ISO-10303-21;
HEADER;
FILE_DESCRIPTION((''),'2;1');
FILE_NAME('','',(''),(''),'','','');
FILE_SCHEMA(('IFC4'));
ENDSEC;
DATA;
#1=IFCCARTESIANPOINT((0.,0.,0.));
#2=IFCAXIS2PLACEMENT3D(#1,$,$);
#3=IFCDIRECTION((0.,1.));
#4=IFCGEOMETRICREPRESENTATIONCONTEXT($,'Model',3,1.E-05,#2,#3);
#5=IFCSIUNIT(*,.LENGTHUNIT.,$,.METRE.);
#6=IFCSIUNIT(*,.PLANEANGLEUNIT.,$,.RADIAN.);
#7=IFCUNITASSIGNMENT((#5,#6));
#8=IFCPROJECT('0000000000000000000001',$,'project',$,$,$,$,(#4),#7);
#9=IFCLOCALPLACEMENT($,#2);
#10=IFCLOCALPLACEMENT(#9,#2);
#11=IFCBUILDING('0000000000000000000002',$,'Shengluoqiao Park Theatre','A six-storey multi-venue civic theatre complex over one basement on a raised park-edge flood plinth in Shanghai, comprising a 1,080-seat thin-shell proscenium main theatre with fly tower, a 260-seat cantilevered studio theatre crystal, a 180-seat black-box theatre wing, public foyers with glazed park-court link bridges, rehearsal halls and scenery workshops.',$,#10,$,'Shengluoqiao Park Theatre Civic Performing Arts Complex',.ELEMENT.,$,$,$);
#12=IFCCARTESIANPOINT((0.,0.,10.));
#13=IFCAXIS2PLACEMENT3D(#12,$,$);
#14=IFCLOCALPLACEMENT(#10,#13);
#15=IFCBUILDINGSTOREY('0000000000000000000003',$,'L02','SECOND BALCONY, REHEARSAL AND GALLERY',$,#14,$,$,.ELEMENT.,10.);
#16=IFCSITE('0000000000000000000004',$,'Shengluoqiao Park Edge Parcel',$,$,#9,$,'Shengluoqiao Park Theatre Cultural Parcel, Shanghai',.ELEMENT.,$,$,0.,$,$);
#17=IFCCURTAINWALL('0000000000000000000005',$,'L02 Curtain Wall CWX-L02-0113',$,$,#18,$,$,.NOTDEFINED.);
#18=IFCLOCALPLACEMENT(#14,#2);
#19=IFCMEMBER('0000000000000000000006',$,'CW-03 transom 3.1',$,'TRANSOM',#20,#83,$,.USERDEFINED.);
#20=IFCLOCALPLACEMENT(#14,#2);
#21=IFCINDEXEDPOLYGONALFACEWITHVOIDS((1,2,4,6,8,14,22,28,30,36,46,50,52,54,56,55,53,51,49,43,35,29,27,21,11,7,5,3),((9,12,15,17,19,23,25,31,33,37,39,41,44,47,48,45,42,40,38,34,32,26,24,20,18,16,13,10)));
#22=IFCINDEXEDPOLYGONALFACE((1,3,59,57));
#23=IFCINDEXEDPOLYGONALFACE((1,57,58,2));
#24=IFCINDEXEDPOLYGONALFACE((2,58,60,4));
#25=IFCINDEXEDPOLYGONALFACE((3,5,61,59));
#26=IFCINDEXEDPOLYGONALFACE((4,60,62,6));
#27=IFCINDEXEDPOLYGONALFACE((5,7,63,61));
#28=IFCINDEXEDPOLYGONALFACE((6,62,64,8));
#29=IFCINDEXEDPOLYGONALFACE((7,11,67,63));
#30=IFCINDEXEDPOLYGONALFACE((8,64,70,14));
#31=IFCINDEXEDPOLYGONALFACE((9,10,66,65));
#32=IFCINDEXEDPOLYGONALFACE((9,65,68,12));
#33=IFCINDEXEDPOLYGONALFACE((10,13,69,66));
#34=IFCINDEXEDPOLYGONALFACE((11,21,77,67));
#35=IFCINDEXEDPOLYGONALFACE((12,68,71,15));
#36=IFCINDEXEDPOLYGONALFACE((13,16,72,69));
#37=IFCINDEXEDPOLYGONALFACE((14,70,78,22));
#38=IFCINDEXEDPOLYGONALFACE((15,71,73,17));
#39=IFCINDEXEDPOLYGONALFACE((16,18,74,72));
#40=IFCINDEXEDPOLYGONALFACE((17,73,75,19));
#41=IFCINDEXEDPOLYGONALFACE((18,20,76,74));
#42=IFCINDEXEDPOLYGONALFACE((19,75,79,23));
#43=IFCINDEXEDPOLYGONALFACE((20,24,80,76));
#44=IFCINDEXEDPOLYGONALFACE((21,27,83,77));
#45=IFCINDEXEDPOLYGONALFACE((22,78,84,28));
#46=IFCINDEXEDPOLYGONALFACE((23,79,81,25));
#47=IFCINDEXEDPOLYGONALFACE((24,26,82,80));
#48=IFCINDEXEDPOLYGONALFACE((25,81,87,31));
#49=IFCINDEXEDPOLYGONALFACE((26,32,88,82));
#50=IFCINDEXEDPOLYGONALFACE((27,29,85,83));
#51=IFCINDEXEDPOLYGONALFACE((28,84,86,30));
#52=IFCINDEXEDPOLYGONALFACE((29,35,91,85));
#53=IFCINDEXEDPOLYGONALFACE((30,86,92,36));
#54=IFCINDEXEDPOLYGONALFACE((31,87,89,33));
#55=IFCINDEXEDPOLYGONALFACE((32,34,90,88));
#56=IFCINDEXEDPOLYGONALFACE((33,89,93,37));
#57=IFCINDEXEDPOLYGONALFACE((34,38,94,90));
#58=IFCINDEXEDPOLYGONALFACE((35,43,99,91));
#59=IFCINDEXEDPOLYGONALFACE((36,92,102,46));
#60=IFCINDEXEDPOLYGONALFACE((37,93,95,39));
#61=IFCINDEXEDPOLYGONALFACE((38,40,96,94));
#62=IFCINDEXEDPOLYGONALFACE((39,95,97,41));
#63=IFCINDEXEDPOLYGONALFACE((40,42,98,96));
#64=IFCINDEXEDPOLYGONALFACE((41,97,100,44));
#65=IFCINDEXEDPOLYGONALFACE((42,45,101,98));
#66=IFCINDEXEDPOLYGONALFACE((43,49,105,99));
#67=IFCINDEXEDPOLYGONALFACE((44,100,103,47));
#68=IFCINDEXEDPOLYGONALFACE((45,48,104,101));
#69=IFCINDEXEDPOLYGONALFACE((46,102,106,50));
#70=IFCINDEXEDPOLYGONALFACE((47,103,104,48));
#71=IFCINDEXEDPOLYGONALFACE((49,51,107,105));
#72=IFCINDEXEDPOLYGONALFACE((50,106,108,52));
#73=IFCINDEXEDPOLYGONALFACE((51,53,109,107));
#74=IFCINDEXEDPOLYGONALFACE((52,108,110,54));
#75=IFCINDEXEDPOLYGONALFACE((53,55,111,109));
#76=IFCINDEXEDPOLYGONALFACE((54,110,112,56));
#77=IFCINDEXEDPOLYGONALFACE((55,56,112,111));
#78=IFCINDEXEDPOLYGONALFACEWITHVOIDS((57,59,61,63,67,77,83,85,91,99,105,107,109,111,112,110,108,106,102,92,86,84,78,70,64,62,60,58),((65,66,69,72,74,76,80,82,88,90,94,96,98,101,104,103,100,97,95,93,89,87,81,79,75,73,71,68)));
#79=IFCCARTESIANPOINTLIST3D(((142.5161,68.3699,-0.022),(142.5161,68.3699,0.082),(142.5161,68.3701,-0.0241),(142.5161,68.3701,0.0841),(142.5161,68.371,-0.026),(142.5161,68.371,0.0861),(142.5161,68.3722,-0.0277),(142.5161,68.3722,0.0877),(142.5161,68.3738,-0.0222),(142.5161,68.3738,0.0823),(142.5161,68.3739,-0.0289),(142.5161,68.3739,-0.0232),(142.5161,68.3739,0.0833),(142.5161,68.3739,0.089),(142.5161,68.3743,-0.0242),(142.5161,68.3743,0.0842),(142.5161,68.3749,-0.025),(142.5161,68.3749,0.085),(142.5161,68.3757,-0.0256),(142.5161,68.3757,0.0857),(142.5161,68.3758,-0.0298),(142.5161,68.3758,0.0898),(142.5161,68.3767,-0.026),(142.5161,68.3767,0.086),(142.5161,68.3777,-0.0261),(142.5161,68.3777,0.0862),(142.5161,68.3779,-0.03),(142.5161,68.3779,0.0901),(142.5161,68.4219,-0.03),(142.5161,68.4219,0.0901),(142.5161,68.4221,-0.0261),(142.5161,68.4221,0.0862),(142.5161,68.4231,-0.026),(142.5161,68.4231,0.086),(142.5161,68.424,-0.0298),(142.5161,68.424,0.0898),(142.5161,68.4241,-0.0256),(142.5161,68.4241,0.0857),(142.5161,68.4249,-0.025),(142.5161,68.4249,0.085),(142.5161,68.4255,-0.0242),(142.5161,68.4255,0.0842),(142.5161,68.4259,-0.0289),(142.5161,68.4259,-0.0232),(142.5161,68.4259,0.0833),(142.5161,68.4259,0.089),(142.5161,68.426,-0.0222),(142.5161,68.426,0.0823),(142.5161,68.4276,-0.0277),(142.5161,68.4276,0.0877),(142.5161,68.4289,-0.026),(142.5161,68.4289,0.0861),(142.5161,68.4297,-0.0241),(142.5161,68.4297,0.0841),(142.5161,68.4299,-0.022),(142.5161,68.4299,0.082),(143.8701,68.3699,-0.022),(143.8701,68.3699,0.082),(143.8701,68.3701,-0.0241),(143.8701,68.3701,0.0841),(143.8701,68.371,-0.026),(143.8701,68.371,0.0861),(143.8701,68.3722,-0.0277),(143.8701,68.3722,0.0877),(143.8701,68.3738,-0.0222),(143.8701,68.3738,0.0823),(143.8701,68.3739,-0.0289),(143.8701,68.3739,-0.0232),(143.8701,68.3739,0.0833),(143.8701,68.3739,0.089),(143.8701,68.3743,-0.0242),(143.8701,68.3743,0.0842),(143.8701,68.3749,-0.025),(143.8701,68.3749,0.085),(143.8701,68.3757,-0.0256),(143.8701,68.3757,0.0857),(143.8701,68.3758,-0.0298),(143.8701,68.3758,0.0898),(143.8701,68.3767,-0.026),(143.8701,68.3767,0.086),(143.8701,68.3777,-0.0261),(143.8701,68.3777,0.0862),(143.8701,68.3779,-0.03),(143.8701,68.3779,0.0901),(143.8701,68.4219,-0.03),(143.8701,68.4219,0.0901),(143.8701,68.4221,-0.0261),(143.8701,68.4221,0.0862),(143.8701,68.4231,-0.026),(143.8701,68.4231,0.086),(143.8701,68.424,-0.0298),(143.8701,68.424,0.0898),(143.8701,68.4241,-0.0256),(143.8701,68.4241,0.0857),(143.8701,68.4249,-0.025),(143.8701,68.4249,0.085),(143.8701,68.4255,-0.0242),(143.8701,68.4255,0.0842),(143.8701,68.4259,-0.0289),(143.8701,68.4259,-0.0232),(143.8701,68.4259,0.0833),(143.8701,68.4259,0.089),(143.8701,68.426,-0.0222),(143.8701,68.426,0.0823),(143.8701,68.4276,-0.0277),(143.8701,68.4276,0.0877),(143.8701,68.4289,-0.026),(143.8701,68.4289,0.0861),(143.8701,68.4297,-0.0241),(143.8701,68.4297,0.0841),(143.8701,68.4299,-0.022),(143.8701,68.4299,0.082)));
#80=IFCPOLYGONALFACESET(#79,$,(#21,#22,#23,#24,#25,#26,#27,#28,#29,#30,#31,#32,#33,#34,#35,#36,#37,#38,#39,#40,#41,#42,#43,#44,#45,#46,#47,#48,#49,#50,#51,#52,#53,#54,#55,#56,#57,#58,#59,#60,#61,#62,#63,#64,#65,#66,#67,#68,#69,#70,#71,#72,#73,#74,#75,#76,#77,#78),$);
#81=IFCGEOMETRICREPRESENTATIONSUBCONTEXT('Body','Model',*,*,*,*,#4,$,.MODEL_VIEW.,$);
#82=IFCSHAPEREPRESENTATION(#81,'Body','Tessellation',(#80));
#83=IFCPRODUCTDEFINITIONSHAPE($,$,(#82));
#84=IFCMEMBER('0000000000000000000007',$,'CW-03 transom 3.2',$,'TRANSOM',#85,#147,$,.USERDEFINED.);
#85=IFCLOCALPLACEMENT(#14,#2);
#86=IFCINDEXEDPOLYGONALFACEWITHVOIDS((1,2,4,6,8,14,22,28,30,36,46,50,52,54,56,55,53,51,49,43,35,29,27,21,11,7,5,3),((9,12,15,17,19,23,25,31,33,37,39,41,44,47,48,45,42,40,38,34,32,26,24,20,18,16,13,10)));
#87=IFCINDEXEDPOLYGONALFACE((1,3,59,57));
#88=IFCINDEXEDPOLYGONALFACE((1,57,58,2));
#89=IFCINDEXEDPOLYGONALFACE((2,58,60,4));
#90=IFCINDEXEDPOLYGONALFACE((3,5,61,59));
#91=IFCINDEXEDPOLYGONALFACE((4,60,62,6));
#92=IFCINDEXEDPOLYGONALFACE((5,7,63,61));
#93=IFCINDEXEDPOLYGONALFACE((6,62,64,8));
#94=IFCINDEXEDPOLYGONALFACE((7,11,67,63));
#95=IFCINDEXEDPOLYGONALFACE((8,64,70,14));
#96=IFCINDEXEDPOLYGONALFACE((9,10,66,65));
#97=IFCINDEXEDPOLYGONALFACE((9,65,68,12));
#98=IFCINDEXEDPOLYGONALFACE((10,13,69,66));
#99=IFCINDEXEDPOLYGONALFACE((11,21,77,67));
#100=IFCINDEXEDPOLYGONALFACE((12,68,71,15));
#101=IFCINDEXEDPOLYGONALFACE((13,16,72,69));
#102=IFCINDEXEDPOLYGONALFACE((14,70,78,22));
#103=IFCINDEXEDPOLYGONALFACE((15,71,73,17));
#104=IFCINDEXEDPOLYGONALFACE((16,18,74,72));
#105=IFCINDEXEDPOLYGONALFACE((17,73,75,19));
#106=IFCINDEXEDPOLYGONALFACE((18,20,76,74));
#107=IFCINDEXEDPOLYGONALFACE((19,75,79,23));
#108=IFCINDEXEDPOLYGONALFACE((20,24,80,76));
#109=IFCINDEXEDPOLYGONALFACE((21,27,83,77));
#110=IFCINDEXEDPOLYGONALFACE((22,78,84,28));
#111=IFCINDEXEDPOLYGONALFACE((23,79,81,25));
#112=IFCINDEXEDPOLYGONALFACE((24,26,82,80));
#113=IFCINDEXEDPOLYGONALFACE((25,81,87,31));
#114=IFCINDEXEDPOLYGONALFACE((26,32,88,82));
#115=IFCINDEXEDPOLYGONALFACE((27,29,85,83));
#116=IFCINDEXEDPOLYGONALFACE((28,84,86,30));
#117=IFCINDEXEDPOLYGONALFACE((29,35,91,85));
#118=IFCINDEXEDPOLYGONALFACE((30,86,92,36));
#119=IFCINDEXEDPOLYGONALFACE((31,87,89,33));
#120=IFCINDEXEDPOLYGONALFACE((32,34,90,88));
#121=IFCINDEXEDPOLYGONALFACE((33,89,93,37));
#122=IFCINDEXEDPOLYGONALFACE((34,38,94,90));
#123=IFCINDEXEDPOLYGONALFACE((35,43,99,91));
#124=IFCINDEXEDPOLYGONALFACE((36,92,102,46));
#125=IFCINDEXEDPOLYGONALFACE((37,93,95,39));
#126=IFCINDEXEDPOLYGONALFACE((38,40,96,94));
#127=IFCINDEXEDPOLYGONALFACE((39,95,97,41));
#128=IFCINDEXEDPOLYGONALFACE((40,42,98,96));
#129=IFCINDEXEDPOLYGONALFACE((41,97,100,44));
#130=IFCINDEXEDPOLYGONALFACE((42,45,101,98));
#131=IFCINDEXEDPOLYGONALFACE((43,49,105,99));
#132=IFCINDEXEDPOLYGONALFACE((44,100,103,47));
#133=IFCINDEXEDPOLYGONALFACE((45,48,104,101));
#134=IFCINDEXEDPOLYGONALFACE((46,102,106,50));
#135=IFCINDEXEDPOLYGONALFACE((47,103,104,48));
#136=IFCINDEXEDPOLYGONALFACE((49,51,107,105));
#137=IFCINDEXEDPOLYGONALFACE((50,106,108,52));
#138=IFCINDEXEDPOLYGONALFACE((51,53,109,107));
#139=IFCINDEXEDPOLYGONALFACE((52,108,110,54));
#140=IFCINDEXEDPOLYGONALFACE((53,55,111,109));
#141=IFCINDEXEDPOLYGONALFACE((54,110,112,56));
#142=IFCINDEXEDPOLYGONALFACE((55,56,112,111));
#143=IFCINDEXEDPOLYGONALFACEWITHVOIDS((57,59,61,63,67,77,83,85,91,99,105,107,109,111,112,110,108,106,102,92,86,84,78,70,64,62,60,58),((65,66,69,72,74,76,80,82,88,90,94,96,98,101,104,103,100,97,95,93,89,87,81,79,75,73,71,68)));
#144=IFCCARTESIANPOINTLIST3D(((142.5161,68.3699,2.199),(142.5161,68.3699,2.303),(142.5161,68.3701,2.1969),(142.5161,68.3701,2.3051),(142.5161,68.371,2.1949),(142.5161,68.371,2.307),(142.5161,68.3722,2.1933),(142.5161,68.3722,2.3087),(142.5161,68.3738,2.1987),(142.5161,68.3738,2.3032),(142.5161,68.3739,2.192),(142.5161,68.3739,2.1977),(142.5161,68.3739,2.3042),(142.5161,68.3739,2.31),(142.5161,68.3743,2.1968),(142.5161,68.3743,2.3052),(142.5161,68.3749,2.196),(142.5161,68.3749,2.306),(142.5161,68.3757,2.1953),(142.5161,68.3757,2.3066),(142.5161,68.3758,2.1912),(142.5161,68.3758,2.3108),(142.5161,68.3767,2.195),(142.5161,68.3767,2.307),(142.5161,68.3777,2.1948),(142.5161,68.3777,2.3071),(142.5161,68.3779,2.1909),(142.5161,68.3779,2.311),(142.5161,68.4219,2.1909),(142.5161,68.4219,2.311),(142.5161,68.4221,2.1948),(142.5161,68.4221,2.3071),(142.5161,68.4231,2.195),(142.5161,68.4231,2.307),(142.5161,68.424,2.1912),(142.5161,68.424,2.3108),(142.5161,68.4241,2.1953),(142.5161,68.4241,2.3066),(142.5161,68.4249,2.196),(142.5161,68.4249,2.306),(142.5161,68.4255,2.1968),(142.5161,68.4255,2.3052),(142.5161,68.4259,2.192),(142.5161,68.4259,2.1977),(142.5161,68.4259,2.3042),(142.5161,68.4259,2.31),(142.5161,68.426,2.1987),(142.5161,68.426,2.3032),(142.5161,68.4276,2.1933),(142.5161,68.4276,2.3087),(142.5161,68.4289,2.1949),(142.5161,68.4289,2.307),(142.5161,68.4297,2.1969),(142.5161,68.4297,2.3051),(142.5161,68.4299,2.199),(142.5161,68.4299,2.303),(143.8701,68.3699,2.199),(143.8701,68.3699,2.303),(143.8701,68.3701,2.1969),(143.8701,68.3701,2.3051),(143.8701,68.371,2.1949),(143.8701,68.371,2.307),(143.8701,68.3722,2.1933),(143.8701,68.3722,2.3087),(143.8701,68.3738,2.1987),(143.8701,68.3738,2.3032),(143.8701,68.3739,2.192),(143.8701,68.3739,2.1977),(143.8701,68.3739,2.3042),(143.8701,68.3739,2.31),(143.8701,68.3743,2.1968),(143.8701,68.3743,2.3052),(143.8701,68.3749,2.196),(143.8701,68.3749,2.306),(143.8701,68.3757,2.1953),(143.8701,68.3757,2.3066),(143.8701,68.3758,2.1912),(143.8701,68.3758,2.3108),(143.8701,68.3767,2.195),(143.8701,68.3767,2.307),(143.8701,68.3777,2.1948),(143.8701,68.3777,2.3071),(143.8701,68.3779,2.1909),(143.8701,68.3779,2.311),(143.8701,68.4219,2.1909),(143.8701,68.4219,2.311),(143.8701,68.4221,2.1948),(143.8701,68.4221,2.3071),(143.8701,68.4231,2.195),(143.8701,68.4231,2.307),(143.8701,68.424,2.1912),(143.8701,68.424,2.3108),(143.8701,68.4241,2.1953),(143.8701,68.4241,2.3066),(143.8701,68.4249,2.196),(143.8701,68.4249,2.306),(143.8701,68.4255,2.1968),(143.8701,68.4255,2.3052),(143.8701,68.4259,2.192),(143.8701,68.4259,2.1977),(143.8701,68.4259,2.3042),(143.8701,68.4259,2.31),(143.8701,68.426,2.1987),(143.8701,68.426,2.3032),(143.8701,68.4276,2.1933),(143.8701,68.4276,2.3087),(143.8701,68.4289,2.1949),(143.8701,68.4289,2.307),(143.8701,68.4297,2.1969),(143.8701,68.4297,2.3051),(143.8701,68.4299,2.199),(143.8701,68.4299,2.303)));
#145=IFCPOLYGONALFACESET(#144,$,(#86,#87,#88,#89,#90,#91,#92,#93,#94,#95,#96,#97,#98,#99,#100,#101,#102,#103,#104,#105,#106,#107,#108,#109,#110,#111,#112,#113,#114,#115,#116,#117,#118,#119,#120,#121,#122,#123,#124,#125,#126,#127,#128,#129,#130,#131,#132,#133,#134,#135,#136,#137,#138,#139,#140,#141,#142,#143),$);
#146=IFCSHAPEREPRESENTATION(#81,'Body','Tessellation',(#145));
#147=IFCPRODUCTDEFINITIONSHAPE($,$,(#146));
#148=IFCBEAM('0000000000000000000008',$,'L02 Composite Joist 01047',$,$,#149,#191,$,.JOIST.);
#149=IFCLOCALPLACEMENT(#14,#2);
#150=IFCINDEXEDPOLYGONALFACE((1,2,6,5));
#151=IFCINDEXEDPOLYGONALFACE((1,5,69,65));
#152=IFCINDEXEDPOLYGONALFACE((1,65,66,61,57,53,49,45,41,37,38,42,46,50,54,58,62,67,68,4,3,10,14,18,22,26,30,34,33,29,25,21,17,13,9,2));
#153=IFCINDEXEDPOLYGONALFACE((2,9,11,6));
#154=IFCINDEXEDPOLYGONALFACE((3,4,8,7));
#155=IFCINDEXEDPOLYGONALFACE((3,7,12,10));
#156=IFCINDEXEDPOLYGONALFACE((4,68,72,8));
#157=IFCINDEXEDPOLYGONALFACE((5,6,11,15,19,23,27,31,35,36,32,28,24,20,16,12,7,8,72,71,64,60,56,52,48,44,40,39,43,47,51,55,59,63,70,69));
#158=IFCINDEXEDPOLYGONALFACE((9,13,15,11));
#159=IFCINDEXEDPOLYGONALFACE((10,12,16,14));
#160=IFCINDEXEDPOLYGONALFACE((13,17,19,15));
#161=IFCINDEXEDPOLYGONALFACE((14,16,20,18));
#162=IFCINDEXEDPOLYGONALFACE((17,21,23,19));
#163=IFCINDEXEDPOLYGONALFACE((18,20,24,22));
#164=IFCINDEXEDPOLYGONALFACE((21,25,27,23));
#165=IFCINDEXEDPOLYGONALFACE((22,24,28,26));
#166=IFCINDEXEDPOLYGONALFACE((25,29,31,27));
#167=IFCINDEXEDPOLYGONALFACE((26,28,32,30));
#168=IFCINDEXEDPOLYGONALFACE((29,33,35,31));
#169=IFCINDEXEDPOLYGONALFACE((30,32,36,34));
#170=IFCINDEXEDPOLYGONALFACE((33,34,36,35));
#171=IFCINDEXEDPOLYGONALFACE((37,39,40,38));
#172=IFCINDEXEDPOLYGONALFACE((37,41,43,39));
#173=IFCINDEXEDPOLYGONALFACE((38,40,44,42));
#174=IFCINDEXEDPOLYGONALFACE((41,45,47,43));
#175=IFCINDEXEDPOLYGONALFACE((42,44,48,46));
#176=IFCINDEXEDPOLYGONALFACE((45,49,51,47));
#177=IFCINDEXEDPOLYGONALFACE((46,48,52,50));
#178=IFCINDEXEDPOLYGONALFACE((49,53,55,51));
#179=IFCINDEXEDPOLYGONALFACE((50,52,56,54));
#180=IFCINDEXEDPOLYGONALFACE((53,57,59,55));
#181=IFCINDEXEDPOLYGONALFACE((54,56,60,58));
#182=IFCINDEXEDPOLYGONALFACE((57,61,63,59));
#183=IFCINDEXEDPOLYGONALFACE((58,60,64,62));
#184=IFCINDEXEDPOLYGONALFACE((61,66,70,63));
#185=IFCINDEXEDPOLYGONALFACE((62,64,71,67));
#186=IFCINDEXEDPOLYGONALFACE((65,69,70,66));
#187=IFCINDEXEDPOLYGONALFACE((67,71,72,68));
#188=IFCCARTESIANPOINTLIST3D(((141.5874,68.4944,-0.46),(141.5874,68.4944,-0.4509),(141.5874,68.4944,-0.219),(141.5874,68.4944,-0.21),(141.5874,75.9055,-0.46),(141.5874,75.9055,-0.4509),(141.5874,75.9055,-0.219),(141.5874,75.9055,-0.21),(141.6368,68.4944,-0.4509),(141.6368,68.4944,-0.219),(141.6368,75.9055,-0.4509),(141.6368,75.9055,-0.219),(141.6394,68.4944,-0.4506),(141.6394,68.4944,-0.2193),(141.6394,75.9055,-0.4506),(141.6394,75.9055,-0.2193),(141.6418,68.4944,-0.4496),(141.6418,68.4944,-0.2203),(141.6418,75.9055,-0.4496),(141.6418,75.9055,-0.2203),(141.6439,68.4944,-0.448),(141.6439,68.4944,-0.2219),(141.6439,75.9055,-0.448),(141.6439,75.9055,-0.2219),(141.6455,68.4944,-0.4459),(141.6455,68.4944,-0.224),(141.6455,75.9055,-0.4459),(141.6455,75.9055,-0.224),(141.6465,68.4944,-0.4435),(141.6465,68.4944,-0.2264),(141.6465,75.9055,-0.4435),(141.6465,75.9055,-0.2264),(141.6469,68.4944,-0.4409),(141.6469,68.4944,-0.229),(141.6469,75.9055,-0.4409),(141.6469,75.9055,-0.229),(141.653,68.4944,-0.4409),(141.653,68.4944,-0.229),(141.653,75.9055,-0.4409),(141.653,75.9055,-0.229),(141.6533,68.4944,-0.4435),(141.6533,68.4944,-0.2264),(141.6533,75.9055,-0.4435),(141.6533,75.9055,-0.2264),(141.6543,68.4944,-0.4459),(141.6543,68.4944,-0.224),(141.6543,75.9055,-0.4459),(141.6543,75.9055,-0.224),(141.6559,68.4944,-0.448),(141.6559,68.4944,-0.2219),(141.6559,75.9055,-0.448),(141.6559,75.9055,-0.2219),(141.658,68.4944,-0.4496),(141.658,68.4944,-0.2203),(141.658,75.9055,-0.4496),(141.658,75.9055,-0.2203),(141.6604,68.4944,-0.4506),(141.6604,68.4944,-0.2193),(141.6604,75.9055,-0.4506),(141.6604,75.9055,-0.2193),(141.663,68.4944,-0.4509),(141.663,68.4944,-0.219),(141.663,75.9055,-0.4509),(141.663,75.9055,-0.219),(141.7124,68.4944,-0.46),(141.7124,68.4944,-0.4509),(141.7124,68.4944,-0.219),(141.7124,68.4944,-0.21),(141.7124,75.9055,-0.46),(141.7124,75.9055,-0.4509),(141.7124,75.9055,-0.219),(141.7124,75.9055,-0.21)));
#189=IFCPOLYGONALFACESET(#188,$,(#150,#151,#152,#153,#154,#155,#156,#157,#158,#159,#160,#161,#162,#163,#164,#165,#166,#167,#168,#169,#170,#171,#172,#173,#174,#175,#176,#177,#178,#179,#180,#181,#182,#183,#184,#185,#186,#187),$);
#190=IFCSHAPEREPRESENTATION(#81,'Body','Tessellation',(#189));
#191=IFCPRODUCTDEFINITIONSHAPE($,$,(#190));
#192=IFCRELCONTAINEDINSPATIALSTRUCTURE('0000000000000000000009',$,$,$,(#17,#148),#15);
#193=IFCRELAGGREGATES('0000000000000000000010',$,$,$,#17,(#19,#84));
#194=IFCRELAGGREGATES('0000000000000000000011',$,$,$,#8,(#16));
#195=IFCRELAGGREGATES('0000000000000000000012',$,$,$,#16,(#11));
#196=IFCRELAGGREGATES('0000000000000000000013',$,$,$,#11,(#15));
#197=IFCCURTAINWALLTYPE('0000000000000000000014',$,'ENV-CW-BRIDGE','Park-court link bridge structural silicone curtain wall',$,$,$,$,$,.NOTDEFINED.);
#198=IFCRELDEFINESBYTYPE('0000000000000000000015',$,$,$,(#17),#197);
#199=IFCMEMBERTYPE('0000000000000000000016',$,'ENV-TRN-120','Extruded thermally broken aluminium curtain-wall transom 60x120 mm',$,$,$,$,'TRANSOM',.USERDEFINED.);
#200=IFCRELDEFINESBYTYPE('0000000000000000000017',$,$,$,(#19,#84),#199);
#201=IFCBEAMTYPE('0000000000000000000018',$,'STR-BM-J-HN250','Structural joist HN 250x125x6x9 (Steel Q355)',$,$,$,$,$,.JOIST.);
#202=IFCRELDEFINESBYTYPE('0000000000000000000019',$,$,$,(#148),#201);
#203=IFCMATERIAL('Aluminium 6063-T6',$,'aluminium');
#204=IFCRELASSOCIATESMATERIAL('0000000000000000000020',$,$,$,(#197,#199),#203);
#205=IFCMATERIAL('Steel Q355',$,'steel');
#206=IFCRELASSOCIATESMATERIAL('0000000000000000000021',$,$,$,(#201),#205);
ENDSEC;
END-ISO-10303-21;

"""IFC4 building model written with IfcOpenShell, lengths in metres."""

from ifc_helpers import new_model, si_unit, direction, frame, origin, origin_2d, place, context, subcontext, project, spatial, hollow_rectangle, i_section, extrude, material, material_profile, profile_set, type_object, element, aggregate, save


model = new_model("IFC4")

# Units and contexts
model_context = context("Model", 3, precision=1e-05, world=origin(), true_north=direction((0.0, 1.0)))
body_context = subcontext(model_context, "Body", "Model", "MODEL_VIEW")
ifc_project = project(units=[si_unit("LENGTHUNIT", "METRE"), si_unit("PLANEANGLEUNIT", "RADIAN")], contexts=[model_context])

# Site, building, storey
site_placement = place(None, origin())
site = spatial("IfcSite", under=ifc_project, at=site_placement, Name="Shengluoqiao Park Edge Parcel", LongName="Shengluoqiao Park Theatre Cultural Parcel, Shanghai", CompositionType="ELEMENT", RefElevation=0.0)
building_placement = place(site_placement, origin())
building = spatial("IfcBuilding", under=site, at=building_placement, Name="Shengluoqiao Park Theatre", Description="A six-storey multi-venue civic theatre complex over one basement on a raised park-edge flood plinth in Shanghai, comprising a 1,080-seat thin-shell proscenium main theatre with fly tower, a 260-seat cantilevered studio theatre crystal, a 180-seat black-box theatre wing, public foyers with glazed park-court link bridges, rehearsal halls and scenery workshops.", LongName="Shengluoqiao Park Theatre Civic Performing Arts Complex", CompositionType="ELEMENT")
storey_placement = place(building_placement, frame((0.0, 0.0, 10.0)))
storey = spatial("IfcBuildingStorey", under=building, at=storey_placement, Name="L02", Description="SECOND BALCONY, REHEARSAL AND GALLERY", CompositionType="ELEMENT", Elevation=10.0)

# Shared definitions
ifc_material_1 = material(Name="Aluminium 6063-T6", Category="aluminium")
curtain_wall_type = type_object("IfcCurtainWallType", Name="ENV-CW-BRIDGE", Description="Park-court link bridge structural silicone curtain wall", PredefinedType="NOTDEFINED", material=ifc_material_1)

# Curtain wall
curtain_wall_1_placement = place(storey_placement, origin())
curtain_wall_1 = element("IfcCurtainWall", 1, at=curtain_wall_1_placement, inside=storey, type_object=curtain_wall_type, Name="L02 Curtain Wall CWX-L02-0113", PredefinedType="NOTDEFINED")

# Members
ifc_material_profile_1 = material_profile(ifc_material_1, hollow_rectangle(XDim=0.0601, YDim=0.1201, WallThickness=0.0039, InnerFilletRadius=0.0039, OuterFilletRadius=0.0081, at=origin_2d()), Name="ALU TRANSOM 120x60x4")
ifc_profile_set_1 = profile_set([ifc_material_profile_1], Name="Aluminium 6063-T6")
member_type_1 = type_object("IfcMemberType", Name="ENV-TRN-120", Description="Extruded thermally broken aluminium curtain-wall transom 60x120 mm", ElementType="TRANSOM", PredefinedType="USERDEFINED", material=ifc_profile_set_1)
member_1_placement = place(storey_placement, frame((142.5161, 68.3999, 0.03), z_axis=(1.0, 0.0, 0.0), x_axis=(0.0, 1.0, 0.0)))
member_1 = element("IfcMember", 2, at=member_1_placement, type_object=member_type_1, Name="CW-03 transom 3.1", ObjectType="TRANSOM", PredefinedType="USERDEFINED", context=body_context, shape_type="SweptSolid", body=[
    extrude(hollow_rectangle(XDim=0.0601, YDim=0.1201, WallThickness=0.0039, InnerFilletRadius=0.0039, OuterFilletRadius=0.0081, at=origin_2d()), origin(), (0.0, 0.0, 1.0), 1.354),
])
member_2_placement = place(storey_placement, frame((142.5161, 68.3999, 2.251), z_axis=(1.0, 0.0, 0.0), x_axis=(0.0, 1.0, 0.0)))
member_2 = element("IfcMember", 3, at=member_2_placement, type_object=member_type_1, Name="CW-03 transom 3.2", ObjectType="TRANSOM", PredefinedType="USERDEFINED", context=body_context, shape_type="SweptSolid", body=[
    extrude(hollow_rectangle(XDim=0.0601, YDim=0.1201, WallThickness=0.0039, InnerFilletRadius=0.0039, OuterFilletRadius=0.0081, at=origin_2d()), origin(), (0.0, 0.0, 1.0), 1.354),
])

# Beam
ifc_material_2 = material(Name="Steel Q355", Category="steel")
ifc_material_profile_2 = material_profile(ifc_material_2, i_section(OverallWidth=0.125, OverallDepth=0.25, WebThickness=0.0061, FlangeThickness=0.009, FilletRadius=0.01, at=origin_2d()), Name="HN 250x125x6x9")
ifc_profile_set_2 = profile_set([ifc_material_profile_2], Name="Steel Q355")
beam_type_1 = type_object("IfcBeamType", Name="STR-BM-J-HN250", Description="Structural joist HN 250x125x6x9 (Steel Q355)", PredefinedType="JOIST", material=ifc_profile_set_2)
beam_1_placement = place(storey_placement, frame((141.6499, 68.4944, -0.335), z_axis=(0.0, 1.0, 0.0), x_axis=(-1.0, 0.0, 0.0)))
element("IfcBeam", 4, at=beam_1_placement, inside=storey, type_object=beam_type_1, Name="L02 Composite Joist 01047", PredefinedType="JOIST", context=body_context, shape_type="SweptSolid", body=[
    extrude(i_section(OverallWidth=0.125, OverallDepth=0.25, WebThickness=0.0061, FlangeThickness=0.009, FilletRadius=0.01, at=origin_2d()), origin(), (0.0, 0.0, 1.0), 7.4111),
])

aggregate(curtain_wall_1, [member_1, member_2])

save(model, "model.ifc")
